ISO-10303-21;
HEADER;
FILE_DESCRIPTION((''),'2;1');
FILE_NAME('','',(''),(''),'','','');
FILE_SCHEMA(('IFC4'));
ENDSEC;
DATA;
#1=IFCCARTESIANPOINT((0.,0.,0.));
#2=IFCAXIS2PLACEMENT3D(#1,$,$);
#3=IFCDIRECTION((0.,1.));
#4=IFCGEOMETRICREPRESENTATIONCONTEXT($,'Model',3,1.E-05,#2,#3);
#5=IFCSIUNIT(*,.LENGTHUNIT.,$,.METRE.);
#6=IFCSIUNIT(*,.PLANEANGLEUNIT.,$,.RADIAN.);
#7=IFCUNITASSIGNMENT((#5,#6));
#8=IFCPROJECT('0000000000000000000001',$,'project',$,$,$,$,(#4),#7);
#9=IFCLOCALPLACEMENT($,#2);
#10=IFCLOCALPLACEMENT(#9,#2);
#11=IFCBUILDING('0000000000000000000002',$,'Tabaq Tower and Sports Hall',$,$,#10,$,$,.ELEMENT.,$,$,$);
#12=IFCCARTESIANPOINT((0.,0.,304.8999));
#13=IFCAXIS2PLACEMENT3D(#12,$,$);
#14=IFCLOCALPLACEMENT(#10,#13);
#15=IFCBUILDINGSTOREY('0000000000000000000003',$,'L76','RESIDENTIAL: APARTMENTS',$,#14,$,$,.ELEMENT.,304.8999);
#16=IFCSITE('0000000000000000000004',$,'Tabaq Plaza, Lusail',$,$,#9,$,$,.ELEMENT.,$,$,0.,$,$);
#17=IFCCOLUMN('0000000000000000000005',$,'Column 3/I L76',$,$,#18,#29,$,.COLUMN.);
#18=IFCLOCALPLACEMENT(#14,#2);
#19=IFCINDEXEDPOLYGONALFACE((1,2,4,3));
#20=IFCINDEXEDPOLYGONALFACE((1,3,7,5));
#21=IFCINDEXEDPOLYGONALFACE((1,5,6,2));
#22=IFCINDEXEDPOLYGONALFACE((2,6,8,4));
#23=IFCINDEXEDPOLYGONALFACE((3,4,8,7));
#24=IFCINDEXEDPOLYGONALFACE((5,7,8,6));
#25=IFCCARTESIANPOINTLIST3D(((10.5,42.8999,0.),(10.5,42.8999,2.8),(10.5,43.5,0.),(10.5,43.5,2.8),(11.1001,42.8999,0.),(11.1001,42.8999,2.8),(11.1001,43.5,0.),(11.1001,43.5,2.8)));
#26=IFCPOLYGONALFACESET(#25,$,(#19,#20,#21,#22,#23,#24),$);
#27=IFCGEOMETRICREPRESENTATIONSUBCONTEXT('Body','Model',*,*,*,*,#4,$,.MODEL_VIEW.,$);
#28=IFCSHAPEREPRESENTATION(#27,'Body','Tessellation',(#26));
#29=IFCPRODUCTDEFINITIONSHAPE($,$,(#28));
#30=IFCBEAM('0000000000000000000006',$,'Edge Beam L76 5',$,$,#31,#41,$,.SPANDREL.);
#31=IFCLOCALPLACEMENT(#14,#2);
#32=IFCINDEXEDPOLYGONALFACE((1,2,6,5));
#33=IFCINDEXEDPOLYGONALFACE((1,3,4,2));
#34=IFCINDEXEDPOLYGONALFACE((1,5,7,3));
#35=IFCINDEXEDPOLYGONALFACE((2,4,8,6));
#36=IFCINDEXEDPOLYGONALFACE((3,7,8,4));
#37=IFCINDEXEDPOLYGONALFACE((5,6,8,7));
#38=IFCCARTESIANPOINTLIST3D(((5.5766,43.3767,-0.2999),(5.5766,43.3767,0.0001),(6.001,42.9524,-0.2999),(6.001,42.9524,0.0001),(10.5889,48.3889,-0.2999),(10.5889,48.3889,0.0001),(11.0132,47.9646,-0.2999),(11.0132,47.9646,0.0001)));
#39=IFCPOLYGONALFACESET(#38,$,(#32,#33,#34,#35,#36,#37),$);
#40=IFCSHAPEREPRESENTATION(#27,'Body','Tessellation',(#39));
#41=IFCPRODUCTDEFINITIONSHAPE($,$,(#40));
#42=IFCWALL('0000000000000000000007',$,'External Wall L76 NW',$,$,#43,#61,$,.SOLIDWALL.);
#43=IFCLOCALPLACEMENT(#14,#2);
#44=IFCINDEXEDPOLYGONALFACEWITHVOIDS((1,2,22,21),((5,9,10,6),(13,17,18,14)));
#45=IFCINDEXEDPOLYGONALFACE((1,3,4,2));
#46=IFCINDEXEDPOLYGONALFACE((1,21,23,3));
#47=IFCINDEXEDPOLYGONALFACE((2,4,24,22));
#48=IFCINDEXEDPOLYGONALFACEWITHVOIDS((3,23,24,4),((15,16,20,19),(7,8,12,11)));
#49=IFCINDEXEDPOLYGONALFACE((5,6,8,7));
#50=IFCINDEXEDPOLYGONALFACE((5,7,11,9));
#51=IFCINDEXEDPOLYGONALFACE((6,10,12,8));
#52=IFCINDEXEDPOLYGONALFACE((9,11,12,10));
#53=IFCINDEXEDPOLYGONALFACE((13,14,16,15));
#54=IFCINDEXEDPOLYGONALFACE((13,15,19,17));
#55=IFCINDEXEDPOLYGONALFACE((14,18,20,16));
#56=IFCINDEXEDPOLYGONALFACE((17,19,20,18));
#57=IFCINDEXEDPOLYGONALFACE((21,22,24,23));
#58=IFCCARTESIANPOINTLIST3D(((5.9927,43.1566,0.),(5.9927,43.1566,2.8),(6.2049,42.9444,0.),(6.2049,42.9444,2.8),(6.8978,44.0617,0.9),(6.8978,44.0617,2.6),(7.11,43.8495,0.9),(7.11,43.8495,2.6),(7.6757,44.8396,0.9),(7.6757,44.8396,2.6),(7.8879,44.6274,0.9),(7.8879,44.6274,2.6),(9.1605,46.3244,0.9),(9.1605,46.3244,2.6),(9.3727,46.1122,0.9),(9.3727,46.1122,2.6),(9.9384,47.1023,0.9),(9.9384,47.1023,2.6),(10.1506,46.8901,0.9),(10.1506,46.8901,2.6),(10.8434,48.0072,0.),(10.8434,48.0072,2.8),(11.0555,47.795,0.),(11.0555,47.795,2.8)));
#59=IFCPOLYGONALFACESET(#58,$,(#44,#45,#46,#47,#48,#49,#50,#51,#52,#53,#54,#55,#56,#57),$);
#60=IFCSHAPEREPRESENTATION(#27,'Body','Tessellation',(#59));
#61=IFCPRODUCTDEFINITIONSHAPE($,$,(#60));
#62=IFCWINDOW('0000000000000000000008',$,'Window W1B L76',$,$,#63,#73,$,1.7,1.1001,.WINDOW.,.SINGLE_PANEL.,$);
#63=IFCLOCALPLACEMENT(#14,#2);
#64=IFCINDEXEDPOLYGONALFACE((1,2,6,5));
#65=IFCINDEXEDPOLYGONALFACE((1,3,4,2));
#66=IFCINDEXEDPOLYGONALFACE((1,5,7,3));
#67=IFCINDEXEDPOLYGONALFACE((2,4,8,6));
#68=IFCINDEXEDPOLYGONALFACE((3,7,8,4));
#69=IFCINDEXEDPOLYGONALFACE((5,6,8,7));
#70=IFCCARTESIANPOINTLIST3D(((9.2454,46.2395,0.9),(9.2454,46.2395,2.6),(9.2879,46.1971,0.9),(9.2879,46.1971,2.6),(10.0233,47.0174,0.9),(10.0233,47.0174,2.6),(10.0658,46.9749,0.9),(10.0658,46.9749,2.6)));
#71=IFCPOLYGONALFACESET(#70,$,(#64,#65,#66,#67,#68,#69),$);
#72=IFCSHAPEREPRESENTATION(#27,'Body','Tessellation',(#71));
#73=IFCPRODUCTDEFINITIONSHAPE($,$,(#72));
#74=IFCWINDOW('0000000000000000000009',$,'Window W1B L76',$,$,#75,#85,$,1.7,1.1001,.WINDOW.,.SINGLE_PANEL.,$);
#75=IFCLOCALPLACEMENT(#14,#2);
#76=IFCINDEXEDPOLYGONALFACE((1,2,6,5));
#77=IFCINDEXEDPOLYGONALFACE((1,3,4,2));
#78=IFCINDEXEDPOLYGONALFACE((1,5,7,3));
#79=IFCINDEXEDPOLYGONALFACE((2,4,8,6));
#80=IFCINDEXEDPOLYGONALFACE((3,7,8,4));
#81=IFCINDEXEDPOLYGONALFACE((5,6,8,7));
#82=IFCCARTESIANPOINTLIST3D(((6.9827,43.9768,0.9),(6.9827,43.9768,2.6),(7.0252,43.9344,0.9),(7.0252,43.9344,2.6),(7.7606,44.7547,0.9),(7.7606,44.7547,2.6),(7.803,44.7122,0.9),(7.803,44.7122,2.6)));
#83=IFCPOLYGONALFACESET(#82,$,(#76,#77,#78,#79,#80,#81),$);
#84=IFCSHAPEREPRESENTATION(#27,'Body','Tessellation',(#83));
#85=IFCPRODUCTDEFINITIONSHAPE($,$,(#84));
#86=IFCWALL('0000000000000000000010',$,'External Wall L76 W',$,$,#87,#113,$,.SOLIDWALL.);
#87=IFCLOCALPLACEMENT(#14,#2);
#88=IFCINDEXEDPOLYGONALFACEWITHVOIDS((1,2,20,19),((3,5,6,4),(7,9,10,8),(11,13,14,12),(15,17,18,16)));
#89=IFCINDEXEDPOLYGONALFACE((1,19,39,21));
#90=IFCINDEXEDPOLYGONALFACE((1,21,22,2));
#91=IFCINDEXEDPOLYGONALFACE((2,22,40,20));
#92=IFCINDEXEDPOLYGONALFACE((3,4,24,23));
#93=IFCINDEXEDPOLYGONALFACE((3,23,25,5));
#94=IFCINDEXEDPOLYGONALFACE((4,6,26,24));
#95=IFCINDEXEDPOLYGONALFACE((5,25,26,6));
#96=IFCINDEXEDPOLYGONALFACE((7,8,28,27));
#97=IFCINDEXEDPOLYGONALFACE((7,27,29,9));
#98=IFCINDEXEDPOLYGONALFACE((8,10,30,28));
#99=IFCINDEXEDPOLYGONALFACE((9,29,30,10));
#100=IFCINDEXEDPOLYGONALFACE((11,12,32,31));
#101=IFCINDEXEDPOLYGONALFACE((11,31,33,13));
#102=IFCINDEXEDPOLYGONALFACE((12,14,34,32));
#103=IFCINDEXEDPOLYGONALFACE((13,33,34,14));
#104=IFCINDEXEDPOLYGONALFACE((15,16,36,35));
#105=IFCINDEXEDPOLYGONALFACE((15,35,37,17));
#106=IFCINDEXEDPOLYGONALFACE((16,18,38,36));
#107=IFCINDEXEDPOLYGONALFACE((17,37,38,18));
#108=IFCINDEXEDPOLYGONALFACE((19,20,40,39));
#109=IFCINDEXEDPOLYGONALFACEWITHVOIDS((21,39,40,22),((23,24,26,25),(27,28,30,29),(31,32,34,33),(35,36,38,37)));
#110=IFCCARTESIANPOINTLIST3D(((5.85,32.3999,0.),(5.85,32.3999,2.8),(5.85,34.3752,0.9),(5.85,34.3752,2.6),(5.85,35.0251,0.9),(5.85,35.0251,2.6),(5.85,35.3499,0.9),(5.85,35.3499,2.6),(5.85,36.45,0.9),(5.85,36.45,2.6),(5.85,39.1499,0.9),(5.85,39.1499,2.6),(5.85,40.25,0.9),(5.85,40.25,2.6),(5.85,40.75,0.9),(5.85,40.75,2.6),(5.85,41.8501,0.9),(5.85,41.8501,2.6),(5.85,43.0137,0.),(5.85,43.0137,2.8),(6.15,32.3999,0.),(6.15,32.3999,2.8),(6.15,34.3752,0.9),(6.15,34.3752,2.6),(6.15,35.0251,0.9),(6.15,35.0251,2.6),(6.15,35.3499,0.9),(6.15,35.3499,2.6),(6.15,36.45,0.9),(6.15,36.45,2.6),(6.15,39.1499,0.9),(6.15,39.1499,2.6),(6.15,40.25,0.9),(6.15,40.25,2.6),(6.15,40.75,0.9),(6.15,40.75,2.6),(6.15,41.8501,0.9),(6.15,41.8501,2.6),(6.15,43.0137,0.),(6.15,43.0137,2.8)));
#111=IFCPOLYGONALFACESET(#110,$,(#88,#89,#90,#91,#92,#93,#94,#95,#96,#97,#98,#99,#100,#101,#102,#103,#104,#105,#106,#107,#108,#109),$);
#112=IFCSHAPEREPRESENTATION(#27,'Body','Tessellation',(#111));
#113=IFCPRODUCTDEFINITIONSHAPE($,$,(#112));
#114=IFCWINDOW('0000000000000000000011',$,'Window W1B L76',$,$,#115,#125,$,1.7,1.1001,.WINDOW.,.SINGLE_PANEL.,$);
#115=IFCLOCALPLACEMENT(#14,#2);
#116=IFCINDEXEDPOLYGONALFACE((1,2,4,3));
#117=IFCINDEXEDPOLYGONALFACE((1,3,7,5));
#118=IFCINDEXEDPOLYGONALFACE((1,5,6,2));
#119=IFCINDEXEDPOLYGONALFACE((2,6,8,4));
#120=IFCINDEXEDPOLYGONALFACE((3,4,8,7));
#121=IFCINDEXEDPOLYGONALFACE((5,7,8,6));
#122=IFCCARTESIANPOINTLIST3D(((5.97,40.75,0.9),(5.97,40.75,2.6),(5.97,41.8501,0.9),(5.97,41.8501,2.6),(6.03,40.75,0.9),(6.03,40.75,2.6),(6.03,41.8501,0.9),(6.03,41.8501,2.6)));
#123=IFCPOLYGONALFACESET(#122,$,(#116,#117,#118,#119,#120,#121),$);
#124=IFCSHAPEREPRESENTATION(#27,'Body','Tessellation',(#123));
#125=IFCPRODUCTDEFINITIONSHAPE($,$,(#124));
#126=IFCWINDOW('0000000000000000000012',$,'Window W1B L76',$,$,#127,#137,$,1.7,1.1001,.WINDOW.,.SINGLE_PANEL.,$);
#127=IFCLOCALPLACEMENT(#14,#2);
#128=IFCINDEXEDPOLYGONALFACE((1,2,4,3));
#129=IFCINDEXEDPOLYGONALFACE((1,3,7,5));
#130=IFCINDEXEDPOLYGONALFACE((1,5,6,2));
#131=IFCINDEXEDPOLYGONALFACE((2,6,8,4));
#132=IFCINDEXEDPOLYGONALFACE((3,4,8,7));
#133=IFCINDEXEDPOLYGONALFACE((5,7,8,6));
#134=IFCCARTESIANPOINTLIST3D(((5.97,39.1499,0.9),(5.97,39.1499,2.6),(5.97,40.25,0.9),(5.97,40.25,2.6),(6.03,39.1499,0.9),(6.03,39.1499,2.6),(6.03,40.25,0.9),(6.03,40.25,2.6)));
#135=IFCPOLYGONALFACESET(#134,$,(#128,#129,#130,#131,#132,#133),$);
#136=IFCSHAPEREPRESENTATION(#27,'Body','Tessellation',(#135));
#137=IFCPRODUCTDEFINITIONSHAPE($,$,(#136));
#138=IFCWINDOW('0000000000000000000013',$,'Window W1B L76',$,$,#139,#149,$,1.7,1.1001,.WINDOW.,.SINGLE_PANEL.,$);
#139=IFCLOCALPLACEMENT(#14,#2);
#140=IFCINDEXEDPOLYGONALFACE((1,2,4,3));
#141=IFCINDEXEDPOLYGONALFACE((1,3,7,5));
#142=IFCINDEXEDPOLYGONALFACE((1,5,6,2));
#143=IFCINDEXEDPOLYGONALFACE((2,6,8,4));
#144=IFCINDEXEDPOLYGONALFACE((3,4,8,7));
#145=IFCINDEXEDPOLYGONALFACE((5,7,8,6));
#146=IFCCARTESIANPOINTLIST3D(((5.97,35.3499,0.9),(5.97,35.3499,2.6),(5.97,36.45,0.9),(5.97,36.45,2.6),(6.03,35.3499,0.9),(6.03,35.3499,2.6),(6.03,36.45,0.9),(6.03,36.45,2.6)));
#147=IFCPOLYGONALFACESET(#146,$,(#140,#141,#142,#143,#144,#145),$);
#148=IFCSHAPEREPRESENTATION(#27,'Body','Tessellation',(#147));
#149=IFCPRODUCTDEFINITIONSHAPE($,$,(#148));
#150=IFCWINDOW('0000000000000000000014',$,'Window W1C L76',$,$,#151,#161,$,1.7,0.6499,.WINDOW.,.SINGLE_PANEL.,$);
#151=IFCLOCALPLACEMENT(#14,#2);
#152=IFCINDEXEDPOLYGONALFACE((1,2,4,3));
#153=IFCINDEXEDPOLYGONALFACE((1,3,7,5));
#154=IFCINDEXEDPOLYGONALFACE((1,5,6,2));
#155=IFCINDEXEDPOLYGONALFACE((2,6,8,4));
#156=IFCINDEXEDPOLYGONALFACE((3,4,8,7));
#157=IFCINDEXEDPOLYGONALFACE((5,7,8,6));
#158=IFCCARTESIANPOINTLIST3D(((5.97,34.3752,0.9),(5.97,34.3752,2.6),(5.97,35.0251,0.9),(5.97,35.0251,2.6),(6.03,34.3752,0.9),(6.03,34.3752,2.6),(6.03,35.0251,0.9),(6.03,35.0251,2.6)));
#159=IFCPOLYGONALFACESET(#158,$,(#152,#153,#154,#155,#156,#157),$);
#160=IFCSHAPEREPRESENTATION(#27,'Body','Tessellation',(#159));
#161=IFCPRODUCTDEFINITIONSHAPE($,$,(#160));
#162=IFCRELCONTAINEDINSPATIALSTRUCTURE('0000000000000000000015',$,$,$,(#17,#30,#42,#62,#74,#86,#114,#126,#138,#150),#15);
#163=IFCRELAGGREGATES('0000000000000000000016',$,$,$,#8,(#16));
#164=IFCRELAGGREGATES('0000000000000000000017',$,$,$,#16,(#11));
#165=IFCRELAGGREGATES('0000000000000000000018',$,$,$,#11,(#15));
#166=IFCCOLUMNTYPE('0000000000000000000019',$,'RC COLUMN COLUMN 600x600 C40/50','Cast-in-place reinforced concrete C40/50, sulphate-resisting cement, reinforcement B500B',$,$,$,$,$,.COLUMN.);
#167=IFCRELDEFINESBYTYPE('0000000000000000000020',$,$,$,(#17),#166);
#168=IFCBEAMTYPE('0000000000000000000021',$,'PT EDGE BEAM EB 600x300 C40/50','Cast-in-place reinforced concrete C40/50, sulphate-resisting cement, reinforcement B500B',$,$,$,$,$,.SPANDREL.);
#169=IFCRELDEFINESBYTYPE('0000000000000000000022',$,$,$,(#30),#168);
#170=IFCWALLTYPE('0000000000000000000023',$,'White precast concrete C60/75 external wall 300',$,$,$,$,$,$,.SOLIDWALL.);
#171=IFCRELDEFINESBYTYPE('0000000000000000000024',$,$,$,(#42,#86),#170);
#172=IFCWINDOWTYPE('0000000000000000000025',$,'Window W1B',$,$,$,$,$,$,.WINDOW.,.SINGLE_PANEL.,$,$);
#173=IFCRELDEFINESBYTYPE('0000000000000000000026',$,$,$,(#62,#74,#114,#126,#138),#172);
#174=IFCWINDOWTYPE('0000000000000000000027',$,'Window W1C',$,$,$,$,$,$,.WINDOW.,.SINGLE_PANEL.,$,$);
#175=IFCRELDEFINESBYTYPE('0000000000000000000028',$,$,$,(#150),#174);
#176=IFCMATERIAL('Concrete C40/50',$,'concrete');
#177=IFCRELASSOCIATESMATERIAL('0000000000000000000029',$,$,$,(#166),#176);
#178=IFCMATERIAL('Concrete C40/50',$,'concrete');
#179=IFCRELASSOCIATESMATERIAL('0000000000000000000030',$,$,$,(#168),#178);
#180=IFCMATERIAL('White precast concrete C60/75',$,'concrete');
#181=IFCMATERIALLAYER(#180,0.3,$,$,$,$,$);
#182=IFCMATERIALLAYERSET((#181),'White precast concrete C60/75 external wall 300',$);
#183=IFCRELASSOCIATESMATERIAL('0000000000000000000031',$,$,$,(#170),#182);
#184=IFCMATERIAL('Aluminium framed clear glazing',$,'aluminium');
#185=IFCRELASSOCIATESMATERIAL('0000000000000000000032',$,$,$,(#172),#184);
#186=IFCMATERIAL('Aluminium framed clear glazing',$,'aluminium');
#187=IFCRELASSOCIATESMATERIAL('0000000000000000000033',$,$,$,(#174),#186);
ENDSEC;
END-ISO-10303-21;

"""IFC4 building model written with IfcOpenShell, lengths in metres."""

from ifc_helpers import new_model, si_unit, direction, frame, frame_2d, origin, origin_2d, place, context, subcontext, project, spatial, rectangle, extrude, material, layer, layer_set, material_profile, profile_set, type_object, element, fill, save


model = new_model("IFC4")

# Units and contexts
model_context = context("Model", 3, precision=1e-05, world=origin(), true_north=direction((0.0, 1.0)))
body_context = subcontext(model_context, "Body", "Model", "MODEL_VIEW")
ifc_project = project(units=[si_unit("LENGTHUNIT", "METRE"), si_unit("PLANEANGLEUNIT", "RADIAN")], contexts=[model_context])

# Site, building, storey
site_placement = place(None, origin())
site = spatial("IfcSite", under=ifc_project, at=site_placement, Name="Tabaq Plaza, Lusail", CompositionType="ELEMENT", RefElevation=0.0)
building_placement = place(site_placement, origin())
building = spatial("IfcBuilding", under=site, at=building_placement, Name="Tabaq Tower and Sports Hall", CompositionType="ELEMENT")
storey_placement = place(building_placement, frame((0.0, 0.0, 304.8999)))
storey = spatial("IfcBuildingStorey", under=building, at=storey_placement, Name="L76", Description="RESIDENTIAL: APARTMENTS", CompositionType="ELEMENT", Elevation=304.8999)

# Column
ifc_material_1 = material(Name="Concrete C40/50", Category="concrete")
ifc_material_profile_1 = material_profile(ifc_material_1, rectangle(XDim=0.6001, YDim=0.6001, at=origin_2d()), Name="COLUMN 600x600")
ifc_profile_set_1 = profile_set([ifc_material_profile_1], Name="Concrete C40/50")
column_type = type_object("IfcColumnType", Name="RC COLUMN COLUMN 600x600 C40/50", Description="Cast-in-place reinforced concrete C40/50, sulphate-resisting cement, reinforcement B500B", PredefinedType="COLUMN", material=ifc_profile_set_1)
column_placement = place(storey_placement, frame((10.8, 43.2, 0.0), z_axis=(0.0, 0.0, 1.0), x_axis=(1.0, 0.0, 0.0)))
element("IfcColumn", 1, at=column_placement, inside=storey, type_object=column_type, Name="Column 3/I L76", PredefinedType="COLUMN", context=body_context, shape_type="SweptSolid", body=[
    extrude(rectangle(XDim=0.6001, YDim=0.6001, at=origin_2d()), origin(), (0.0, 0.0, 1.0), 2.8),
])

# Beam
ifc_material_2 = material(Name="Concrete C40/50", Category="concrete")
ifc_material_profile_2 = material_profile(ifc_material_2, rectangle(XDim=0.6001, YDim=0.3, at=origin_2d()), Name="EB 600x300")
ifc_profile_set_2 = profile_set([ifc_material_profile_2], Name="Concrete C40/50")
beam_type = type_object("IfcBeamType", Name="PT EDGE BEAM EB 600x300 C40/50", Description="Cast-in-place reinforced concrete C40/50, sulphate-resisting cement, reinforcement B500B", PredefinedType="SPANDREL", material=ifc_profile_set_2)
beam_placement = place(storey_placement, frame((10.801, 48.1768, -0.1499), z_axis=(-0.707107, -0.707107, 0.0), x_axis=(0.707107, -0.707107, 0.0)))
element("IfcBeam", 2, at=beam_placement, inside=storey, type_object=beam_type, Name="Edge Beam L76 5", PredefinedType="SPANDREL", context=body_context, shape_type="SweptSolid", body=[
    extrude(rectangle(XDim=0.6001, YDim=0.3, at=origin_2d()), origin(), (0.0, 0.0, 1.0), 7.0884),
])

# Walls, openings, windows
ifc_material_3 = material(Name="White precast concrete C60/75", Category="concrete")
ifc_layer_1 = layer(ifc_material_3, 0.3)
ifc_layer_set_1 = layer_set([ifc_layer_1], Name="White precast concrete C60/75 external wall 300")
wall_type = type_object("IfcWallType", Name="White precast concrete C60/75 external wall 300", PredefinedType="SOLIDWALL", material=ifc_layer_set_1)
wall_1_placement = place(storey_placement, frame((10.9495, 47.9011, 0.0), z_axis=(0.0, 0.0, 1.0), x_axis=(-0.707107, -0.707107, 0.0)))
wall_1 = element("IfcWall", 3, at=wall_1_placement, inside=storey, type_object=wall_type, Name="External Wall L76 NW", PredefinedType="SOLIDWALL", context=body_context, shape_type="SweptSolid", body=[
    extrude(rectangle(XDim=6.8599, YDim=0.3, at=frame_2d((3.4299, 0.0))), origin(), (0.0, 0.0, 1.0), 2.8),
])
opening_1_placement = place(wall_1_placement, frame((1.2798, 0.0, 0.8999)))
opening_1 = element("IfcOpeningElement", 4, at=opening_1_placement, cuts=wall_1, PredefinedType="OPENING", context=body_context, shape_type="SweptSolid", body=[
    extrude(rectangle(XDim=1.1001, YDim=1.7, at=frame_2d((0.55, 0.8501))), frame((0.0, 0.1602, 0.0), z_axis=(0.0, -1.0, 0.0), x_axis=(1.0, 0.0, 0.0)), (0.0, 0.0, 1.0), 0.3201),
])
opening_2_placement = place(wall_1_placement, frame((4.4797, 0.0, 0.8999)))
opening_2 = element("IfcOpeningElement", 5, at=opening_2_placement, cuts=wall_1, PredefinedType="OPENING", context=body_context, shape_type="SweptSolid", body=[
    extrude(rectangle(XDim=1.1001, YDim=1.7, at=frame_2d((0.55, 0.8501))), frame((0.0, 0.1602, 0.0), z_axis=(0.0, -1.0, 0.0), x_axis=(1.0, 0.0, 0.0)), (0.0, 0.0, 1.0), 0.3201),
])
ifc_material_4 = material(Name="Aluminium framed clear glazing", Category="aluminium")
window_type_1 = type_object("IfcWindowType", Name="Window W1B", PartitioningType="SINGLE_PANEL", PredefinedType="WINDOW", material=ifc_material_4)
window_1_placement = place(opening_1_placement, origin())
window_1 = element("IfcWindow", 6, at=window_1_placement, inside=storey, type_object=window_type_1, Name="Window W1B L76", OverallHeight=1.7, OverallWidth=1.1001, PartitioningType="SINGLE_PANEL", PredefinedType="WINDOW", context=body_context, shape_type="SweptSolid", body=[
    extrude(rectangle(XDim=1.1001, YDim=1.7, at=frame_2d((0.55, 0.8501))), frame((0.0, 0.03, 0.0), z_axis=(0.0, -1.0, 0.0), x_axis=(1.0, 0.0, 0.0)), (0.0, 0.0, 1.0), 0.0601),
])
fill(opening_1, window_1)
window_2_placement = place(opening_2_placement, origin())
window_2 = element("IfcWindow", 7, at=window_2_placement, inside=storey, type_object=window_type_1, Name="Window W1B L76", OverallHeight=1.7, OverallWidth=1.1001, PartitioningType="SINGLE_PANEL", PredefinedType="WINDOW", context=body_context, shape_type="SweptSolid", body=[
    extrude(rectangle(XDim=1.1001, YDim=1.7, at=frame_2d((0.55, 0.8501))), frame((0.0, 0.03, 0.0), z_axis=(0.0, -1.0, 0.0), x_axis=(1.0, 0.0, 0.0)), (0.0, 0.0, 1.0), 0.0601),
])
fill(opening_2, window_2)
wall_2_placement = place(storey_placement, frame((6.0, 43.0137, 0.0), z_axis=(0.0, 0.0, 1.0), x_axis=(0.0, -1.0, 0.0)))
wall_2 = element("IfcWall", 8, at=wall_2_placement, inside=storey, type_object=wall_type, Name="External Wall L76 W", PredefinedType="SOLIDWALL", context=body_context, shape_type="SweptSolid", body=[
    extrude(rectangle(XDim=10.6138, YDim=0.3, at=frame_2d((5.3069, 0.0))), origin(), (0.0, 0.0, 1.0), 2.8),
])
opening_3_placement = place(wall_2_placement, frame((1.1636, 0.0, 0.8999)))
opening_3 = element("IfcOpeningElement", 9, at=opening_3_placement, cuts=wall_2, PredefinedType="OPENING", context=body_context, shape_type="SweptSolid", body=[
    extrude(rectangle(XDim=1.1001, YDim=1.7, at=frame_2d((0.55, 0.8501))), frame((0.0, 0.1602, 0.0), z_axis=(0.0, -1.0, 0.0), x_axis=(1.0, 0.0, 0.0)), (0.0, 0.0, 1.0), 0.3201),
])
opening_4_placement = place(wall_2_placement, frame((2.7637, 0.0, 0.8999)))
opening_4 = element("IfcOpeningElement", 10, at=opening_4_placement, cuts=wall_2, PredefinedType="OPENING", context=body_context, shape_type="SweptSolid", body=[
    extrude(rectangle(XDim=1.1001, YDim=1.7, at=frame_2d((0.55, 0.8501))), frame((0.0, 0.1602, 0.0), z_axis=(0.0, -1.0, 0.0), x_axis=(1.0, 0.0, 0.0)), (0.0, 0.0, 1.0), 0.3201),
])
opening_5_placement = place(wall_2_placement, frame((6.5637, 0.0, 0.8999)))
opening_5 = element("IfcOpeningElement", 11, at=opening_5_placement, cuts=wall_2, PredefinedType="OPENING", context=body_context, shape_type="SweptSolid", body=[
    extrude(rectangle(XDim=1.1001, YDim=1.7, at=frame_2d((0.55, 0.8501))), frame((0.0, 0.1602, 0.0), z_axis=(0.0, -1.0, 0.0), x_axis=(1.0, 0.0, 0.0)), (0.0, 0.0, 1.0), 0.3201),
])
opening_6_placement = place(wall_2_placement, frame((7.9885, 0.0, 0.8999)))
opening_6 = element("IfcOpeningElement", 12, at=opening_6_placement, cuts=wall_2, PredefinedType="OPENING", context=body_context, shape_type="SweptSolid", body=[
    extrude(rectangle(XDim=0.6499, YDim=1.7, at=frame_2d((0.325, 0.8501))), frame((0.0, 0.1602, 0.0), z_axis=(0.0, -1.0, 0.0), x_axis=(1.0, 0.0, 0.0)), (0.0, 0.0, 1.0), 0.3201),
])
window_3_placement = place(opening_3_placement, origin())
window_3 = element("IfcWindow", 13, at=window_3_placement, inside=storey, type_object=window_type_1, Name="Window W1B L76", OverallHeight=1.7, OverallWidth=1.1001, PartitioningType="SINGLE_PANEL", PredefinedType="WINDOW", context=body_context, shape_type="SweptSolid", body=[
    extrude(rectangle(XDim=1.1001, YDim=1.7, at=frame_2d((0.55, 0.8501))), frame((0.0, 0.03, 0.0), z_axis=(0.0, -1.0, 0.0), x_axis=(1.0, 0.0, 0.0)), (0.0, 0.0, 1.0), 0.0601),
])
fill(opening_3, window_3)
window_4_placement = place(opening_4_placement, origin())
window_4 = element("IfcWindow", 14, at=window_4_placement, inside=storey, type_object=window_type_1, Name="Window W1B L76", OverallHeight=1.7, OverallWidth=1.1001, PartitioningType="SINGLE_PANEL", PredefinedType="WINDOW", context=body_context, shape_type="SweptSolid", body=[
    extrude(rectangle(XDim=1.1001, YDim=1.7, at=frame_2d((0.55, 0.8501))), frame((0.0, 0.03, 0.0), z_axis=(0.0, -1.0, 0.0), x_axis=(1.0, 0.0, 0.0)), (0.0, 0.0, 1.0), 0.0601),
])
fill(opening_4, window_4)
window_5_placement = place(opening_5_placement, origin())
window_5 = element("IfcWindow", 15, at=window_5_placement, inside=storey, type_object=window_type_1, Name="Window W1B L76", OverallHeight=1.7, OverallWidth=1.1001, PartitioningType="SINGLE_PANEL", PredefinedType="WINDOW", context=body_context, shape_type="SweptSolid", body=[
    extrude(rectangle(XDim=1.1001, YDim=1.7, at=frame_2d((0.55, 0.8501))), frame((0.0, 0.03, 0.0), z_axis=(0.0, -1.0, 0.0), x_axis=(1.0, 0.0, 0.0)), (0.0, 0.0, 1.0), 0.0601),
])
fill(opening_5, window_5)
ifc_material_5 = material(Name="Aluminium framed clear glazing", Category="aluminium")
window_type_2 = type_object("IfcWindowType", Name="Window W1C", PartitioningType="SINGLE_PANEL", PredefinedType="WINDOW", material=ifc_material_5)
window_6_placement = place(opening_6_placement, origin())
window_6 = element("IfcWindow", 16, at=window_6_placement, inside=storey, type_object=window_type_2, Name="Window W1C L76", OverallHeight=1.7, OverallWidth=0.6499, PartitioningType="SINGLE_PANEL", PredefinedType="WINDOW", context=body_context, shape_type="SweptSolid", body=[
    extrude(rectangle(XDim=0.6499, YDim=1.7, at=frame_2d((0.325, 0.8501))), frame((0.0, 0.03, 0.0), z_axis=(0.0, -1.0, 0.0), x_axis=(1.0, 0.0, 0.0)), (0.0, 0.0, 1.0), 0.0601),
])
fill(opening_6, window_6)

save(model, "model.ifc")
